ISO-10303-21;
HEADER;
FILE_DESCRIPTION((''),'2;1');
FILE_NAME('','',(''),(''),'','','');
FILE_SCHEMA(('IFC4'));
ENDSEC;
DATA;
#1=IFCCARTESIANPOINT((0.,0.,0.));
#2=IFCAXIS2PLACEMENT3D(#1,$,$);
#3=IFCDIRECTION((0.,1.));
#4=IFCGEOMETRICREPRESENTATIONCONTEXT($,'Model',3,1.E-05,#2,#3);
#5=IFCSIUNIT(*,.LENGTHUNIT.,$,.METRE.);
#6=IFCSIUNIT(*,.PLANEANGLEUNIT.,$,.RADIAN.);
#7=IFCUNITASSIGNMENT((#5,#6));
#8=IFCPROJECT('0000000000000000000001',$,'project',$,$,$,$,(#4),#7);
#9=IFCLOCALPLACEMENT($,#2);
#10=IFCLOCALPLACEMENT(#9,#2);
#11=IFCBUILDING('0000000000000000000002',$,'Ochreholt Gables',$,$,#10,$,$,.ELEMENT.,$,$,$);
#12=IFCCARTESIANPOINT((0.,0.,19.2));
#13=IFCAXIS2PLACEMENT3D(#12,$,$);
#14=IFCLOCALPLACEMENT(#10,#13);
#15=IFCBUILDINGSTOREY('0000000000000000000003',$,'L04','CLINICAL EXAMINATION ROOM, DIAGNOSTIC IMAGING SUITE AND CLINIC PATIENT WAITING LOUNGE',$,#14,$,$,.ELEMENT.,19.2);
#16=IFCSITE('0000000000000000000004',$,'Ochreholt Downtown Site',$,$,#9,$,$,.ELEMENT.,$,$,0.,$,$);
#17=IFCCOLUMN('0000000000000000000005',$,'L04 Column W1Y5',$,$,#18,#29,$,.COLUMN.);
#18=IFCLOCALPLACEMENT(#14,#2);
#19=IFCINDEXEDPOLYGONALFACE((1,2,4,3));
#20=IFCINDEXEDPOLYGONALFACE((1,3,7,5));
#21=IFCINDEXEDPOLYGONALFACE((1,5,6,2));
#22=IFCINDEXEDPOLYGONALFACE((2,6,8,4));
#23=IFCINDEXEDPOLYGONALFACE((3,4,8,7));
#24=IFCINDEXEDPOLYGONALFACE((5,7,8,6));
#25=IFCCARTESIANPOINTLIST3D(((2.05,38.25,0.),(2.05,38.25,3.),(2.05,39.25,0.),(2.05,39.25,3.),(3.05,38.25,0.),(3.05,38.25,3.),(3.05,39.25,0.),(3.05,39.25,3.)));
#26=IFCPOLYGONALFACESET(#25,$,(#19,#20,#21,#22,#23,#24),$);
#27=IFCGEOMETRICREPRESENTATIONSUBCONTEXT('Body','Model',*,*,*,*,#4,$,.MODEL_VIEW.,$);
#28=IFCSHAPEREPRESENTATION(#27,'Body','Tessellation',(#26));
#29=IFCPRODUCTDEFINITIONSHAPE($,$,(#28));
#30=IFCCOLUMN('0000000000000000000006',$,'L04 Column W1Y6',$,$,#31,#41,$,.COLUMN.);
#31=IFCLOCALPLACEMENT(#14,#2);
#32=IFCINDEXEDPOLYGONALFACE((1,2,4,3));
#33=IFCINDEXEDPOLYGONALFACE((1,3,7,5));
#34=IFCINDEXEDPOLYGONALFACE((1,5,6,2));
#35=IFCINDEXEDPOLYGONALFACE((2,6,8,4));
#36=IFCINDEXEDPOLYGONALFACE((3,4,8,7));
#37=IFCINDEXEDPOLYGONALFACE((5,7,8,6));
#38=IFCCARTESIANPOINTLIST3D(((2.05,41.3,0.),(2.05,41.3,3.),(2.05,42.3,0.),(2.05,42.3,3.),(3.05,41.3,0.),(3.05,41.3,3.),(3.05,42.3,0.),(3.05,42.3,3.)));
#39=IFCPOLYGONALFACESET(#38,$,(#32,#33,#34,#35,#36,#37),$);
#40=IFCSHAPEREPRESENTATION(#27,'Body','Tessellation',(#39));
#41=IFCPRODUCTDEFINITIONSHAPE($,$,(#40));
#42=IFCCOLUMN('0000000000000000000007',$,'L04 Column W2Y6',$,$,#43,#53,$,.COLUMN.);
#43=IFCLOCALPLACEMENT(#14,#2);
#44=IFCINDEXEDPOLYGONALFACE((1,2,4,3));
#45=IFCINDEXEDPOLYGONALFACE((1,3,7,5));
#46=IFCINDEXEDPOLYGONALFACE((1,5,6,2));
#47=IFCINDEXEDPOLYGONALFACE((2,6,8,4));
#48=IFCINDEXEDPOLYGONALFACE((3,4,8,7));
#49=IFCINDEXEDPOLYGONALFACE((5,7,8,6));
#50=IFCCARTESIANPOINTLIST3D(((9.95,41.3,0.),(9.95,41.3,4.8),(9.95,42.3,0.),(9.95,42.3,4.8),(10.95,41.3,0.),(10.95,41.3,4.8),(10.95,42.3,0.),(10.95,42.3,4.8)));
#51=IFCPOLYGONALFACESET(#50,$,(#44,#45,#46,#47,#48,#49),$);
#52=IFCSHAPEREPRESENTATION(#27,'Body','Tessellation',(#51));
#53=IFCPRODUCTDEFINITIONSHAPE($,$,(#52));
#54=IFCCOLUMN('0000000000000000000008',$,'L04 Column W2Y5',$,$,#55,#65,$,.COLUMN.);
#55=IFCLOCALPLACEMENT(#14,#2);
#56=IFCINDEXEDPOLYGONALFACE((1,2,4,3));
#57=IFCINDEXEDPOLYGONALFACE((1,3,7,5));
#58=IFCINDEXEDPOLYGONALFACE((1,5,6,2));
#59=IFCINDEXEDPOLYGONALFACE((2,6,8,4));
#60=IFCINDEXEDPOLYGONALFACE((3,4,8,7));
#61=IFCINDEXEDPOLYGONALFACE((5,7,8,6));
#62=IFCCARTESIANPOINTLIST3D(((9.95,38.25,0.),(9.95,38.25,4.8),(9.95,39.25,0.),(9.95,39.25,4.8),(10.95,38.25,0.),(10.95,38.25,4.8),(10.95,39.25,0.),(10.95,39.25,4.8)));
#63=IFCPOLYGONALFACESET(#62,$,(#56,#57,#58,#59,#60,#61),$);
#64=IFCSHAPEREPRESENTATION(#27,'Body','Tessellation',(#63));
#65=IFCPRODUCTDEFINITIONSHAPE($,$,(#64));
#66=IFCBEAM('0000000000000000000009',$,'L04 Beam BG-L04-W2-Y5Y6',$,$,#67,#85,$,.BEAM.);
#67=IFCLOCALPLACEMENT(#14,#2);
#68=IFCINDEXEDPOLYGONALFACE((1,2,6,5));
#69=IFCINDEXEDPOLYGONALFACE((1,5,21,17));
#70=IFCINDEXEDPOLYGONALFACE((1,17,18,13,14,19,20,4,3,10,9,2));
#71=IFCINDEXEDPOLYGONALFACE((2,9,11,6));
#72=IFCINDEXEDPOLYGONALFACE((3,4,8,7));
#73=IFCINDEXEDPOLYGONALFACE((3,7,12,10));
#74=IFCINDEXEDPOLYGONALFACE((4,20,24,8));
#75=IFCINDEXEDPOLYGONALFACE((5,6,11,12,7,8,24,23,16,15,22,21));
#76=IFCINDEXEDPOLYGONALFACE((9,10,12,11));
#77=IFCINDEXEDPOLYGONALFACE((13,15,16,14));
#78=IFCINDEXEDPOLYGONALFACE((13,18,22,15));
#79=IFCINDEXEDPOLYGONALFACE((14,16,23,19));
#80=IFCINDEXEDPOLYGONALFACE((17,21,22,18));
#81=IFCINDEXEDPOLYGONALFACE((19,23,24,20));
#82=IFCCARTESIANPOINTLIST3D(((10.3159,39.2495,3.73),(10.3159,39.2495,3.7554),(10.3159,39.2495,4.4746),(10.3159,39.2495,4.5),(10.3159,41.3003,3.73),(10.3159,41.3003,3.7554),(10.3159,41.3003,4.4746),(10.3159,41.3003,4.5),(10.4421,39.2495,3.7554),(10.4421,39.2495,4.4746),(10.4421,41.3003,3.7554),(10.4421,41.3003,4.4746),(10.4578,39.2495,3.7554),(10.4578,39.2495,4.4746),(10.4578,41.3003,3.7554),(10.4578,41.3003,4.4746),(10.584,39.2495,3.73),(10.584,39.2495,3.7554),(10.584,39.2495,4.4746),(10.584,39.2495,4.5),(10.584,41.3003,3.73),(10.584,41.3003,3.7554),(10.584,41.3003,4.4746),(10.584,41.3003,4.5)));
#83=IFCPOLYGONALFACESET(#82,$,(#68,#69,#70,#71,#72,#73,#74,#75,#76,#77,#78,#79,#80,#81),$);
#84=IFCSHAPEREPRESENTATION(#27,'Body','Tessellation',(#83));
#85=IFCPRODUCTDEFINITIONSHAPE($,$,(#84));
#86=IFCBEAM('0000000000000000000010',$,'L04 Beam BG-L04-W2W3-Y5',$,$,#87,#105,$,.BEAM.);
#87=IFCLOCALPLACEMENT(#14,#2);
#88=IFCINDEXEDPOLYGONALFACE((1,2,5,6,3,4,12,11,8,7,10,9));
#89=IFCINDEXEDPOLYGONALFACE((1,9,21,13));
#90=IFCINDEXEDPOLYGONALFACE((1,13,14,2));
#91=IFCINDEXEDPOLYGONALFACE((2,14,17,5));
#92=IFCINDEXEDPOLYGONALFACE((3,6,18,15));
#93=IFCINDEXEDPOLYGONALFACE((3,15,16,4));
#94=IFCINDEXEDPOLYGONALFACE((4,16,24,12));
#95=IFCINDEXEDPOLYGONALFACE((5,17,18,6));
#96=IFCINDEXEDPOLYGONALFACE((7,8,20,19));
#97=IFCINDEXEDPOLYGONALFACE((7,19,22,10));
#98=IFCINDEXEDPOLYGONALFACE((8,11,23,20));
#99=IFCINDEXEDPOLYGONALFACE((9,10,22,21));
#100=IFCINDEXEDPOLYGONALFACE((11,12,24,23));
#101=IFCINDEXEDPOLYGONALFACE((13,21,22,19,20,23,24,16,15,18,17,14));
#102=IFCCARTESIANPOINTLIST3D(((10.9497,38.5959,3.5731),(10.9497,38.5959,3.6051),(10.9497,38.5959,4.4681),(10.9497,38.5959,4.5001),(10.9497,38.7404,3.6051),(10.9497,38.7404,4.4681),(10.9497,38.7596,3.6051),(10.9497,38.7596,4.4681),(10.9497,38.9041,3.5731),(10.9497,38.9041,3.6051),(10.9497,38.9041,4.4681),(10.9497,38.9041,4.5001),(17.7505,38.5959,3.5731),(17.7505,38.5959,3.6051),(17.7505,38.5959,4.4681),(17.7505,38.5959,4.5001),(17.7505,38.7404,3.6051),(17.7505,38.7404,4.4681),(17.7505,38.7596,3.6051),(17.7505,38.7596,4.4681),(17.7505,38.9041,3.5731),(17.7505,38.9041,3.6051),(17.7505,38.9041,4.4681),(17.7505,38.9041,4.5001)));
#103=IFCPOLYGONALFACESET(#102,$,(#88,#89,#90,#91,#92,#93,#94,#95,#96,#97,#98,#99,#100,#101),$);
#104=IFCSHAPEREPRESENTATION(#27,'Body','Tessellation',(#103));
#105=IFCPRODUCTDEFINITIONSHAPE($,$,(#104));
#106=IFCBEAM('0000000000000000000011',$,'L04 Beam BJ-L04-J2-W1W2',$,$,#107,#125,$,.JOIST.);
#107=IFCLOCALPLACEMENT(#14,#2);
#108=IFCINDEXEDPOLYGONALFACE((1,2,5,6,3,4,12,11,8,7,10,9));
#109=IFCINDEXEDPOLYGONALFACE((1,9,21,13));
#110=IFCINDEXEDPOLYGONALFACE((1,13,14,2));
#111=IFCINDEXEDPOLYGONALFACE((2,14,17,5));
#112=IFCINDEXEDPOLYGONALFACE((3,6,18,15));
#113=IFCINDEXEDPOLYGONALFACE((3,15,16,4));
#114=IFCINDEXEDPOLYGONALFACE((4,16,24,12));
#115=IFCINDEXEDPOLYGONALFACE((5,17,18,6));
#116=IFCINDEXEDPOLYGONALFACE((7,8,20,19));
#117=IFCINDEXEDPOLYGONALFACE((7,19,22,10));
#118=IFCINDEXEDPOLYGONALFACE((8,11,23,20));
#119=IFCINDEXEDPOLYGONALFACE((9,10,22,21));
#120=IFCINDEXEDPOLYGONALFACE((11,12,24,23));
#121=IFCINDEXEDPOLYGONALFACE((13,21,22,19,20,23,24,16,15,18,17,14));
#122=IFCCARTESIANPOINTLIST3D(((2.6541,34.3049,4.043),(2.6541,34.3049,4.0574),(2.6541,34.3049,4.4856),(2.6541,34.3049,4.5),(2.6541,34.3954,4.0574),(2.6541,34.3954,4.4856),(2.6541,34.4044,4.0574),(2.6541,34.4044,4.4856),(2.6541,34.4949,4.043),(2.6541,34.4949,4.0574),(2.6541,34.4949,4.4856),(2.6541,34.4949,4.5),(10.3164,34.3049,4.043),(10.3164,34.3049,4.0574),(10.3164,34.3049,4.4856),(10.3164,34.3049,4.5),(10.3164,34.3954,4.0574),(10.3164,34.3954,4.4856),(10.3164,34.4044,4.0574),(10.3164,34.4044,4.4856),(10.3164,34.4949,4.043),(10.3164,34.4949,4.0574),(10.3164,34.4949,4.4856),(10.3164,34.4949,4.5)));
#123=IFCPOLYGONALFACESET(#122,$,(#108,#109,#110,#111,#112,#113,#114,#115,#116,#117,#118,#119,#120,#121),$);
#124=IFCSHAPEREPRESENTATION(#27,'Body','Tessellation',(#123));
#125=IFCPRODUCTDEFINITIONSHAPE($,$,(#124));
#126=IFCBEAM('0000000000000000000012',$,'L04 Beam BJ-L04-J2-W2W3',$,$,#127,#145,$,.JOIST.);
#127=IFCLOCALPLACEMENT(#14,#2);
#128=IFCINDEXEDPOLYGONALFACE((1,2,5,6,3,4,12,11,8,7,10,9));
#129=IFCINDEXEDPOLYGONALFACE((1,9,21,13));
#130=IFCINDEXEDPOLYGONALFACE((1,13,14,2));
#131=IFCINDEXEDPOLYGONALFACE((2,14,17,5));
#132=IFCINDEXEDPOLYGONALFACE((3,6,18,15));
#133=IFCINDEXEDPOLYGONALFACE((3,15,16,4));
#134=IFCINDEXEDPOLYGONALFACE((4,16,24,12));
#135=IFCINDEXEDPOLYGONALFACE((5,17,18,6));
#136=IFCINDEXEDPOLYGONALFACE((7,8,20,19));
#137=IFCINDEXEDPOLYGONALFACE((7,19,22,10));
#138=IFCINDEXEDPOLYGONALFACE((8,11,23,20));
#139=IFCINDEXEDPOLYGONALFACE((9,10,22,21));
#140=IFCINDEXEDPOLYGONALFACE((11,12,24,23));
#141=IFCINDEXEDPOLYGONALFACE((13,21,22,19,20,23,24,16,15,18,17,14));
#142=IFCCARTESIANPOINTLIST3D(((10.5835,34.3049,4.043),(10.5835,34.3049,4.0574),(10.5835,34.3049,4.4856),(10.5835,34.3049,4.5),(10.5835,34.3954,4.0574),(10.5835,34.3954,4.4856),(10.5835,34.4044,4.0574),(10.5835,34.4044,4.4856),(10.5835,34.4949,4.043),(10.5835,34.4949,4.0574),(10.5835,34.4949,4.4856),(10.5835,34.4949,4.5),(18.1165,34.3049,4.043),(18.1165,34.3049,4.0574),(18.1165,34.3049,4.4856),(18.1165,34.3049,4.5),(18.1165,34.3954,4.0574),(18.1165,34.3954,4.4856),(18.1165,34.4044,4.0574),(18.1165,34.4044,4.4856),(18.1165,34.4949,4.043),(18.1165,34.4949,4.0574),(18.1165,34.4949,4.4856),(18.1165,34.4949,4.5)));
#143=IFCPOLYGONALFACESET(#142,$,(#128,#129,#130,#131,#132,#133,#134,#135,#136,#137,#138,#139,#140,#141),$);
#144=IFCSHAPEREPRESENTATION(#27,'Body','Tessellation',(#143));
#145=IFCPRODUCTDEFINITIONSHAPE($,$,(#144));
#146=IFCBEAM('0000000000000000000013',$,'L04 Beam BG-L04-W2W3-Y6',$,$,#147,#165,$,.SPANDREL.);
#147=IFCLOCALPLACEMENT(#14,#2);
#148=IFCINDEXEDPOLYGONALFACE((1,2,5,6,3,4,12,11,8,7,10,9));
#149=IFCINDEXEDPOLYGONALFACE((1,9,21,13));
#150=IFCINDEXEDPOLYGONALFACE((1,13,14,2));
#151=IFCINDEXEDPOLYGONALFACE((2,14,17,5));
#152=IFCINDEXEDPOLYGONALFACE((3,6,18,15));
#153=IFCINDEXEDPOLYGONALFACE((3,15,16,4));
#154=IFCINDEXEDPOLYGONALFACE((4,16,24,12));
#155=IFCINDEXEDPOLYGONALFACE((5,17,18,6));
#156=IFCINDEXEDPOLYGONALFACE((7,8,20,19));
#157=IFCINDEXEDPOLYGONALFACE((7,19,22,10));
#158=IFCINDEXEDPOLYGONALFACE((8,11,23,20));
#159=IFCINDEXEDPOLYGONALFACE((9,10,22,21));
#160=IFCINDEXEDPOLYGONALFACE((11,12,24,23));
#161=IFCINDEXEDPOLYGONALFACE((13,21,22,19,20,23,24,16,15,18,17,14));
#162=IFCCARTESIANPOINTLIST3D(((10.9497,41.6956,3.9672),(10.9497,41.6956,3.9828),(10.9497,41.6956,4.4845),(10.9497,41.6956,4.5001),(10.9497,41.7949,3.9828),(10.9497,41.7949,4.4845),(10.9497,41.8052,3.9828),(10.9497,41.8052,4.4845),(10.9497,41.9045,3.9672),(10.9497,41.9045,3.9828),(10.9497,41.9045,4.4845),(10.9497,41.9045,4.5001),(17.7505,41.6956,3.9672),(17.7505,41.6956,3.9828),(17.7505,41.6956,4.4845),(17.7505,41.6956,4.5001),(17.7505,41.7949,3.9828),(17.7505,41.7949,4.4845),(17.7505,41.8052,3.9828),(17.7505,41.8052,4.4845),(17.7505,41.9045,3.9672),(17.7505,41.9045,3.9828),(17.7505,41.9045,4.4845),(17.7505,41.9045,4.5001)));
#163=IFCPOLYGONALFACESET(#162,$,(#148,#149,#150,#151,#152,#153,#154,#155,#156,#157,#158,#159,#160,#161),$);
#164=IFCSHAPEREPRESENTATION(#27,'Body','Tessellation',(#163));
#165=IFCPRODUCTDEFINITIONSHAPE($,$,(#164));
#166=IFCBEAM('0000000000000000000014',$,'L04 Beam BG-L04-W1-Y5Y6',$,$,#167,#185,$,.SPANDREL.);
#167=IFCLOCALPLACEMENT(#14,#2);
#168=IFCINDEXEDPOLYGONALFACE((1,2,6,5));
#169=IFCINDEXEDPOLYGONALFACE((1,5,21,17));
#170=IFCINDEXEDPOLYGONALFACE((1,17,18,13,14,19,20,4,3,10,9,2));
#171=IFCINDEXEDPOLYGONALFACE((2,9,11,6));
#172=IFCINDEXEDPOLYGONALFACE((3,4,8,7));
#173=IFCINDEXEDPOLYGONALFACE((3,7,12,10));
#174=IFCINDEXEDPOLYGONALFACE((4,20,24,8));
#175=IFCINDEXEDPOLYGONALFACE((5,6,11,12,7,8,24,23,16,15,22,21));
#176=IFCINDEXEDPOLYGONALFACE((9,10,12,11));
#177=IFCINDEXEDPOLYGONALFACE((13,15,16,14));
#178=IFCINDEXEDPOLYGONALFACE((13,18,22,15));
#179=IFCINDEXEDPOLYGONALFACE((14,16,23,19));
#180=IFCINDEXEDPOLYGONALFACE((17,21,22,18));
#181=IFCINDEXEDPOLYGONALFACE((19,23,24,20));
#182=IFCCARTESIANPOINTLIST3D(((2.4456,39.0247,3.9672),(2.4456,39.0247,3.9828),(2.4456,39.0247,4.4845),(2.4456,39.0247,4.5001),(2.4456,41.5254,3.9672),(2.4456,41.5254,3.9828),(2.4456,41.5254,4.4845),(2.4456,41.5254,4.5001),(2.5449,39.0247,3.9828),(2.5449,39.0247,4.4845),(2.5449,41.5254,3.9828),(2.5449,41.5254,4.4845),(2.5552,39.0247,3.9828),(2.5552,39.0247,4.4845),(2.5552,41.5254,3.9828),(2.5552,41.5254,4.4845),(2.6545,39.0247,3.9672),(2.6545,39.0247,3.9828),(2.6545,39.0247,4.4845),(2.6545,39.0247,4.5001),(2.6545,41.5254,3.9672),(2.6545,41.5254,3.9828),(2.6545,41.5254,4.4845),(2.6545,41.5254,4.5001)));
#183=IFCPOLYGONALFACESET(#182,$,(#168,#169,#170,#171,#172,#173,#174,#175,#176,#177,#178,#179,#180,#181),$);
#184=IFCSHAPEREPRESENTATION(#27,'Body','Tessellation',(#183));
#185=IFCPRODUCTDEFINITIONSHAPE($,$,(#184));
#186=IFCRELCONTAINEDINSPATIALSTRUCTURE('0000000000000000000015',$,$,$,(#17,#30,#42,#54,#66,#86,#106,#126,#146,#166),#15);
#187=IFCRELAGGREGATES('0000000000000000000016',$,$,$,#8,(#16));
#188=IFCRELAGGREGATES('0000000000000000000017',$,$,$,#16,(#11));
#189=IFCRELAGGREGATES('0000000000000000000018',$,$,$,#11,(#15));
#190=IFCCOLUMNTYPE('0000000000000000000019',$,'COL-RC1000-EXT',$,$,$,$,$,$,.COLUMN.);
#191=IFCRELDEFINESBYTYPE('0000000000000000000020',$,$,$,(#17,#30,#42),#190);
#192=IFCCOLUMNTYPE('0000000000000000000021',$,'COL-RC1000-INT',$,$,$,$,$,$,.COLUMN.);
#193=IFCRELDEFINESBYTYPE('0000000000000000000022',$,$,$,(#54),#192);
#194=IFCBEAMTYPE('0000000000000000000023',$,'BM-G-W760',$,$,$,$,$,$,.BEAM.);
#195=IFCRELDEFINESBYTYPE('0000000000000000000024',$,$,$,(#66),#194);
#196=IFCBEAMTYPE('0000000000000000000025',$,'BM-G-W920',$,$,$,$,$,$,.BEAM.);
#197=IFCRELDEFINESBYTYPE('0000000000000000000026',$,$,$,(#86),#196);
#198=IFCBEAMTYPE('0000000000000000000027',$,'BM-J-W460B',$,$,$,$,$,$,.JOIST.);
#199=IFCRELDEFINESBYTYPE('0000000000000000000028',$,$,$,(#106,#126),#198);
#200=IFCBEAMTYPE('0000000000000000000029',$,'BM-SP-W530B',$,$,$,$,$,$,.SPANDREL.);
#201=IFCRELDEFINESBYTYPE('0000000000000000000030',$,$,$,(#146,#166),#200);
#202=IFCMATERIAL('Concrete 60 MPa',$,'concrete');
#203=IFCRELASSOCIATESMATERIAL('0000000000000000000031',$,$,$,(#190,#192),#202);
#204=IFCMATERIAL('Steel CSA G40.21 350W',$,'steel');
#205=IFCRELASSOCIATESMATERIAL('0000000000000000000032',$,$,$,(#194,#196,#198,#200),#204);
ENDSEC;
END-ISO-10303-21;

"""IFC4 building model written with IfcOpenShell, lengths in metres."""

from ifc_helpers import new_model, si_unit, direction, frame, origin, origin_2d, place, context, subcontext, project, spatial, rectangle, i_section, extrude, material, material_profile, profile_set, type_object, element, save


model = new_model("IFC4")

# Units and contexts
model_context = context("Model", 3, precision=1e-05, world=origin(), true_north=direction((0.0, 1.0)))
body_context = subcontext(model_context, "Body", "Model", "MODEL_VIEW")
ifc_project = project(units=[si_unit("LENGTHUNIT", "METRE"), si_unit("PLANEANGLEUNIT", "RADIAN")], contexts=[model_context])

# Site, building, storey
site_placement = place(None, origin())
site = spatial("IfcSite", under=ifc_project, at=site_placement, Name="Ochreholt Downtown Site", CompositionType="ELEMENT", RefElevation=0.0)
building_placement = place(site_placement, origin())
building = spatial("IfcBuilding", under=site, at=building_placement, Name="Ochreholt Gables", CompositionType="ELEMENT")
storey_placement = place(building_placement, frame((0.0, 0.0, 19.2)))
storey = spatial("IfcBuildingStorey", under=building, at=storey_placement, Name="L04", Description="CLINICAL EXAMINATION ROOM, DIAGNOSTIC IMAGING SUITE AND CLINIC PATIENT WAITING LOUNGE", CompositionType="ELEMENT", Elevation=19.2)

# Columns
ifc_material_1 = material(Name="Concrete 60 MPa", Category="concrete")
ifc_material_profile_1 = material_profile(ifc_material_1, rectangle(XDim=1.0, YDim=1.0, at=origin_2d()), Name="RC1000X1000")
ifc_profile_set_1 = profile_set([ifc_material_profile_1], Name="Concrete 60 MPa")
column_type_1 = type_object("IfcColumnType", Name="COL-RC1000-EXT", PredefinedType="COLUMN", material=ifc_profile_set_1)
for number, where, z_axis, x_axis, name in (
    (1, (2.55, 38.75, 0.0), (0.0, 0.0, 1.0), (1.0, 0.0, 0.0), "L04 Column W1Y5"),
    (2, (2.55, 41.8, 0.0), (0.0, 0.0, 1.0), (1.0, 0.0, 0.0), "L04 Column W1Y6"),
):
    element("IfcColumn", number, at=place(storey_placement, frame(where, z_axis=z_axis, x_axis=x_axis)), inside=storey, type_object=column_type_1, Name=name, PredefinedType="COLUMN", context=body_context, shape_type="SweptSolid", body=[
        extrude(rectangle(XDim=1.0, YDim=1.0, at=origin_2d()), origin(), (0.0, 0.0, 1.0), 3.0),
    ])
column_1_placement = place(storey_placement, frame((10.45, 41.8, 0.0), z_axis=(0.0, 0.0, 1.0), x_axis=(1.0, 0.0, 0.0)))
element("IfcColumn", 3, at=column_1_placement, inside=storey, type_object=column_type_1, Name="L04 Column W2Y6", PredefinedType="COLUMN", context=body_context, shape_type="SweptSolid", body=[
    extrude(rectangle(XDim=1.0, YDim=1.0, at=origin_2d()), origin(), (0.0, 0.0, 1.0), 4.8),
])
ifc_material_profile_2 = material_profile(ifc_material_1, rectangle(XDim=1.0, YDim=1.0, at=origin_2d()), Name="RC1000X1000")
ifc_profile_set_2 = profile_set([ifc_material_profile_2], Name="Concrete 60 MPa")
column_type_2 = type_object("IfcColumnType", Name="COL-RC1000-INT", PredefinedType="COLUMN", material=ifc_profile_set_2)
column_2_placement = place(storey_placement, frame((10.45, 38.75, 0.0), z_axis=(0.0, 0.0, 1.0), x_axis=(1.0, 0.0, 0.0)))
element("IfcColumn", 4, at=column_2_placement, inside=storey, type_object=column_type_2, Name="L04 Column W2Y5", PredefinedType="COLUMN", context=body_context, shape_type="SweptSolid", body=[
    extrude(rectangle(XDim=1.0, YDim=1.0, at=origin_2d()), origin(), (0.0, 0.0, 1.0), 4.8),
])

# Beams
ifc_material_2 = material(Name="Steel CSA G40.21 350W", Category="steel")
ifc_material_profile_3 = material_profile(ifc_material_2, i_section(OverallWidth=0.2681, OverallDepth=0.77, WebThickness=0.0156, FlangeThickness=0.0254, at=origin_2d()), Name="W760X196")
ifc_profile_set_3 = profile_set([ifc_material_profile_3], Name="Steel CSA G40.21 350W")
beam_type_1 = type_object("IfcBeamType", Name="BM-G-W760", PredefinedType="BEAM", material=ifc_profile_set_3)
beam_1_placement = place(storey_placement, frame((10.45, 39.2495, 4.115), z_axis=(0.0, 1.0, 0.0), x_axis=(-1.0, 0.0, 0.0)))
element("IfcBeam", 5, at=beam_1_placement, inside=storey, type_object=beam_type_1, Name="L04 Beam BG-L04-W2-Y5Y6", PredefinedType="BEAM", context=body_context, shape_type="SweptSolid", body=[
    extrude(i_section(OverallWidth=0.2681, OverallDepth=0.77, WebThickness=0.0156, FlangeThickness=0.0254, at=origin_2d()), origin(), (0.0, 0.0, 1.0), 2.0508),
])
ifc_material_profile_4 = material_profile(ifc_material_2, i_section(OverallWidth=0.3081, OverallDepth=0.927, WebThickness=0.0193, FlangeThickness=0.032, at=origin_2d()), Name="W920X289")
ifc_profile_set_4 = profile_set([ifc_material_profile_4], Name="Steel CSA G40.21 350W")
beam_type_2 = type_object("IfcBeamType", Name="BM-G-W920", PredefinedType="BEAM", material=ifc_profile_set_4)
beam_2_placement = place(storey_placement, frame((10.9497, 38.75, 4.0366), z_axis=(1.0, 0.0, 0.0), x_axis=(0.0, 1.0, 0.0)))
element("IfcBeam", 6, at=beam_2_placement, inside=storey, type_object=beam_type_2, Name="L04 Beam BG-L04-W2W3-Y5", PredefinedType="BEAM", context=body_context, shape_type="SweptSolid", body=[
    extrude(i_section(OverallWidth=0.3081, OverallDepth=0.927, WebThickness=0.0193, FlangeThickness=0.032, at=origin_2d()), origin(), (0.0, 0.0, 1.0), 6.8008),
])
ifc_material_profile_5 = material_profile(ifc_material_2, i_section(OverallWidth=0.1899, OverallDepth=0.457, WebThickness=0.009, FlangeThickness=0.0144, at=origin_2d()), Name="W460X74")
ifc_profile_set_5 = profile_set([ifc_material_profile_5], Name="Steel CSA G40.21 350W")
beam_type_3 = type_object("IfcBeamType", Name="BM-J-W460B", PredefinedType="JOIST", material=ifc_profile_set_5)
beam_3_placement = place(storey_placement, frame((2.6541, 34.3999, 4.2715), z_axis=(1.0, 0.0, 0.0), x_axis=(0.0, 1.0, 0.0)))
element("IfcBeam", 7, at=beam_3_placement, inside=storey, type_object=beam_type_3, Name="L04 Beam BJ-L04-J2-W1W2", PredefinedType="JOIST", context=body_context, shape_type="SweptSolid", body=[
    extrude(i_section(OverallWidth=0.1899, OverallDepth=0.457, WebThickness=0.009, FlangeThickness=0.0144, at=origin_2d()), origin(), (0.0, 0.0, 1.0), 7.6624),
])
beam_4_placement = place(storey_placement, frame((10.5835, 34.3999, 4.2715), z_axis=(1.0, 0.0, 0.0), x_axis=(0.0, 1.0, 0.0)))
element("IfcBeam", 8, at=beam_4_placement, inside=storey, type_object=beam_type_3, Name="L04 Beam BJ-L04-J2-W2W3", PredefinedType="JOIST", context=body_context, shape_type="SweptSolid", body=[
    extrude(i_section(OverallWidth=0.1899, OverallDepth=0.457, WebThickness=0.009, FlangeThickness=0.0144, at=origin_2d()), origin(), (0.0, 0.0, 1.0), 7.533),
])
ifc_material_profile_6 = material_profile(ifc_material_2, i_section(OverallWidth=0.209, OverallDepth=0.533, WebThickness=0.0103, FlangeThickness=0.0156, at=origin_2d()), Name="W530X92")
ifc_profile_set_6 = profile_set([ifc_material_profile_6], Name="Steel CSA G40.21 350W")
beam_type_4 = type_object("IfcBeamType", Name="BM-SP-W530B", PredefinedType="SPANDREL", material=ifc_profile_set_6)
beam_5_placement = place(storey_placement, frame((10.9497, 41.8, 4.2336), z_axis=(1.0, 0.0, 0.0), x_axis=(0.0, 1.0, 0.0)))
element("IfcBeam", 9, at=beam_5_placement, inside=storey, type_object=beam_type_4, Name="L04 Beam BG-L04-W2W3-Y6", PredefinedType="SPANDREL", context=body_context, shape_type="SweptSolid", body=[
    extrude(i_section(OverallWidth=0.209, OverallDepth=0.533, WebThickness=0.0103, FlangeThickness=0.0156, at=origin_2d()), origin(), (0.0, 0.0, 1.0), 6.8008),
])
beam_6_placement = place(storey_placement, frame((2.55, 39.0247, 4.2336), z_axis=(0.0, 1.0, 0.0), x_axis=(-1.0, 0.0, 0.0)))
element("IfcBeam", 10, at=beam_6_placement, inside=storey, type_object=beam_type_4, Name="L04 Beam BG-L04-W1-Y5Y6", PredefinedType="SPANDREL", context=body_context, shape_type="SweptSolid", body=[
    extrude(i_section(OverallWidth=0.209, OverallDepth=0.533, WebThickness=0.0103, FlangeThickness=0.0156, at=origin_2d()), origin(), (0.0, 0.0, 1.0), 2.5007),
])

save(model, "model.ifc")
